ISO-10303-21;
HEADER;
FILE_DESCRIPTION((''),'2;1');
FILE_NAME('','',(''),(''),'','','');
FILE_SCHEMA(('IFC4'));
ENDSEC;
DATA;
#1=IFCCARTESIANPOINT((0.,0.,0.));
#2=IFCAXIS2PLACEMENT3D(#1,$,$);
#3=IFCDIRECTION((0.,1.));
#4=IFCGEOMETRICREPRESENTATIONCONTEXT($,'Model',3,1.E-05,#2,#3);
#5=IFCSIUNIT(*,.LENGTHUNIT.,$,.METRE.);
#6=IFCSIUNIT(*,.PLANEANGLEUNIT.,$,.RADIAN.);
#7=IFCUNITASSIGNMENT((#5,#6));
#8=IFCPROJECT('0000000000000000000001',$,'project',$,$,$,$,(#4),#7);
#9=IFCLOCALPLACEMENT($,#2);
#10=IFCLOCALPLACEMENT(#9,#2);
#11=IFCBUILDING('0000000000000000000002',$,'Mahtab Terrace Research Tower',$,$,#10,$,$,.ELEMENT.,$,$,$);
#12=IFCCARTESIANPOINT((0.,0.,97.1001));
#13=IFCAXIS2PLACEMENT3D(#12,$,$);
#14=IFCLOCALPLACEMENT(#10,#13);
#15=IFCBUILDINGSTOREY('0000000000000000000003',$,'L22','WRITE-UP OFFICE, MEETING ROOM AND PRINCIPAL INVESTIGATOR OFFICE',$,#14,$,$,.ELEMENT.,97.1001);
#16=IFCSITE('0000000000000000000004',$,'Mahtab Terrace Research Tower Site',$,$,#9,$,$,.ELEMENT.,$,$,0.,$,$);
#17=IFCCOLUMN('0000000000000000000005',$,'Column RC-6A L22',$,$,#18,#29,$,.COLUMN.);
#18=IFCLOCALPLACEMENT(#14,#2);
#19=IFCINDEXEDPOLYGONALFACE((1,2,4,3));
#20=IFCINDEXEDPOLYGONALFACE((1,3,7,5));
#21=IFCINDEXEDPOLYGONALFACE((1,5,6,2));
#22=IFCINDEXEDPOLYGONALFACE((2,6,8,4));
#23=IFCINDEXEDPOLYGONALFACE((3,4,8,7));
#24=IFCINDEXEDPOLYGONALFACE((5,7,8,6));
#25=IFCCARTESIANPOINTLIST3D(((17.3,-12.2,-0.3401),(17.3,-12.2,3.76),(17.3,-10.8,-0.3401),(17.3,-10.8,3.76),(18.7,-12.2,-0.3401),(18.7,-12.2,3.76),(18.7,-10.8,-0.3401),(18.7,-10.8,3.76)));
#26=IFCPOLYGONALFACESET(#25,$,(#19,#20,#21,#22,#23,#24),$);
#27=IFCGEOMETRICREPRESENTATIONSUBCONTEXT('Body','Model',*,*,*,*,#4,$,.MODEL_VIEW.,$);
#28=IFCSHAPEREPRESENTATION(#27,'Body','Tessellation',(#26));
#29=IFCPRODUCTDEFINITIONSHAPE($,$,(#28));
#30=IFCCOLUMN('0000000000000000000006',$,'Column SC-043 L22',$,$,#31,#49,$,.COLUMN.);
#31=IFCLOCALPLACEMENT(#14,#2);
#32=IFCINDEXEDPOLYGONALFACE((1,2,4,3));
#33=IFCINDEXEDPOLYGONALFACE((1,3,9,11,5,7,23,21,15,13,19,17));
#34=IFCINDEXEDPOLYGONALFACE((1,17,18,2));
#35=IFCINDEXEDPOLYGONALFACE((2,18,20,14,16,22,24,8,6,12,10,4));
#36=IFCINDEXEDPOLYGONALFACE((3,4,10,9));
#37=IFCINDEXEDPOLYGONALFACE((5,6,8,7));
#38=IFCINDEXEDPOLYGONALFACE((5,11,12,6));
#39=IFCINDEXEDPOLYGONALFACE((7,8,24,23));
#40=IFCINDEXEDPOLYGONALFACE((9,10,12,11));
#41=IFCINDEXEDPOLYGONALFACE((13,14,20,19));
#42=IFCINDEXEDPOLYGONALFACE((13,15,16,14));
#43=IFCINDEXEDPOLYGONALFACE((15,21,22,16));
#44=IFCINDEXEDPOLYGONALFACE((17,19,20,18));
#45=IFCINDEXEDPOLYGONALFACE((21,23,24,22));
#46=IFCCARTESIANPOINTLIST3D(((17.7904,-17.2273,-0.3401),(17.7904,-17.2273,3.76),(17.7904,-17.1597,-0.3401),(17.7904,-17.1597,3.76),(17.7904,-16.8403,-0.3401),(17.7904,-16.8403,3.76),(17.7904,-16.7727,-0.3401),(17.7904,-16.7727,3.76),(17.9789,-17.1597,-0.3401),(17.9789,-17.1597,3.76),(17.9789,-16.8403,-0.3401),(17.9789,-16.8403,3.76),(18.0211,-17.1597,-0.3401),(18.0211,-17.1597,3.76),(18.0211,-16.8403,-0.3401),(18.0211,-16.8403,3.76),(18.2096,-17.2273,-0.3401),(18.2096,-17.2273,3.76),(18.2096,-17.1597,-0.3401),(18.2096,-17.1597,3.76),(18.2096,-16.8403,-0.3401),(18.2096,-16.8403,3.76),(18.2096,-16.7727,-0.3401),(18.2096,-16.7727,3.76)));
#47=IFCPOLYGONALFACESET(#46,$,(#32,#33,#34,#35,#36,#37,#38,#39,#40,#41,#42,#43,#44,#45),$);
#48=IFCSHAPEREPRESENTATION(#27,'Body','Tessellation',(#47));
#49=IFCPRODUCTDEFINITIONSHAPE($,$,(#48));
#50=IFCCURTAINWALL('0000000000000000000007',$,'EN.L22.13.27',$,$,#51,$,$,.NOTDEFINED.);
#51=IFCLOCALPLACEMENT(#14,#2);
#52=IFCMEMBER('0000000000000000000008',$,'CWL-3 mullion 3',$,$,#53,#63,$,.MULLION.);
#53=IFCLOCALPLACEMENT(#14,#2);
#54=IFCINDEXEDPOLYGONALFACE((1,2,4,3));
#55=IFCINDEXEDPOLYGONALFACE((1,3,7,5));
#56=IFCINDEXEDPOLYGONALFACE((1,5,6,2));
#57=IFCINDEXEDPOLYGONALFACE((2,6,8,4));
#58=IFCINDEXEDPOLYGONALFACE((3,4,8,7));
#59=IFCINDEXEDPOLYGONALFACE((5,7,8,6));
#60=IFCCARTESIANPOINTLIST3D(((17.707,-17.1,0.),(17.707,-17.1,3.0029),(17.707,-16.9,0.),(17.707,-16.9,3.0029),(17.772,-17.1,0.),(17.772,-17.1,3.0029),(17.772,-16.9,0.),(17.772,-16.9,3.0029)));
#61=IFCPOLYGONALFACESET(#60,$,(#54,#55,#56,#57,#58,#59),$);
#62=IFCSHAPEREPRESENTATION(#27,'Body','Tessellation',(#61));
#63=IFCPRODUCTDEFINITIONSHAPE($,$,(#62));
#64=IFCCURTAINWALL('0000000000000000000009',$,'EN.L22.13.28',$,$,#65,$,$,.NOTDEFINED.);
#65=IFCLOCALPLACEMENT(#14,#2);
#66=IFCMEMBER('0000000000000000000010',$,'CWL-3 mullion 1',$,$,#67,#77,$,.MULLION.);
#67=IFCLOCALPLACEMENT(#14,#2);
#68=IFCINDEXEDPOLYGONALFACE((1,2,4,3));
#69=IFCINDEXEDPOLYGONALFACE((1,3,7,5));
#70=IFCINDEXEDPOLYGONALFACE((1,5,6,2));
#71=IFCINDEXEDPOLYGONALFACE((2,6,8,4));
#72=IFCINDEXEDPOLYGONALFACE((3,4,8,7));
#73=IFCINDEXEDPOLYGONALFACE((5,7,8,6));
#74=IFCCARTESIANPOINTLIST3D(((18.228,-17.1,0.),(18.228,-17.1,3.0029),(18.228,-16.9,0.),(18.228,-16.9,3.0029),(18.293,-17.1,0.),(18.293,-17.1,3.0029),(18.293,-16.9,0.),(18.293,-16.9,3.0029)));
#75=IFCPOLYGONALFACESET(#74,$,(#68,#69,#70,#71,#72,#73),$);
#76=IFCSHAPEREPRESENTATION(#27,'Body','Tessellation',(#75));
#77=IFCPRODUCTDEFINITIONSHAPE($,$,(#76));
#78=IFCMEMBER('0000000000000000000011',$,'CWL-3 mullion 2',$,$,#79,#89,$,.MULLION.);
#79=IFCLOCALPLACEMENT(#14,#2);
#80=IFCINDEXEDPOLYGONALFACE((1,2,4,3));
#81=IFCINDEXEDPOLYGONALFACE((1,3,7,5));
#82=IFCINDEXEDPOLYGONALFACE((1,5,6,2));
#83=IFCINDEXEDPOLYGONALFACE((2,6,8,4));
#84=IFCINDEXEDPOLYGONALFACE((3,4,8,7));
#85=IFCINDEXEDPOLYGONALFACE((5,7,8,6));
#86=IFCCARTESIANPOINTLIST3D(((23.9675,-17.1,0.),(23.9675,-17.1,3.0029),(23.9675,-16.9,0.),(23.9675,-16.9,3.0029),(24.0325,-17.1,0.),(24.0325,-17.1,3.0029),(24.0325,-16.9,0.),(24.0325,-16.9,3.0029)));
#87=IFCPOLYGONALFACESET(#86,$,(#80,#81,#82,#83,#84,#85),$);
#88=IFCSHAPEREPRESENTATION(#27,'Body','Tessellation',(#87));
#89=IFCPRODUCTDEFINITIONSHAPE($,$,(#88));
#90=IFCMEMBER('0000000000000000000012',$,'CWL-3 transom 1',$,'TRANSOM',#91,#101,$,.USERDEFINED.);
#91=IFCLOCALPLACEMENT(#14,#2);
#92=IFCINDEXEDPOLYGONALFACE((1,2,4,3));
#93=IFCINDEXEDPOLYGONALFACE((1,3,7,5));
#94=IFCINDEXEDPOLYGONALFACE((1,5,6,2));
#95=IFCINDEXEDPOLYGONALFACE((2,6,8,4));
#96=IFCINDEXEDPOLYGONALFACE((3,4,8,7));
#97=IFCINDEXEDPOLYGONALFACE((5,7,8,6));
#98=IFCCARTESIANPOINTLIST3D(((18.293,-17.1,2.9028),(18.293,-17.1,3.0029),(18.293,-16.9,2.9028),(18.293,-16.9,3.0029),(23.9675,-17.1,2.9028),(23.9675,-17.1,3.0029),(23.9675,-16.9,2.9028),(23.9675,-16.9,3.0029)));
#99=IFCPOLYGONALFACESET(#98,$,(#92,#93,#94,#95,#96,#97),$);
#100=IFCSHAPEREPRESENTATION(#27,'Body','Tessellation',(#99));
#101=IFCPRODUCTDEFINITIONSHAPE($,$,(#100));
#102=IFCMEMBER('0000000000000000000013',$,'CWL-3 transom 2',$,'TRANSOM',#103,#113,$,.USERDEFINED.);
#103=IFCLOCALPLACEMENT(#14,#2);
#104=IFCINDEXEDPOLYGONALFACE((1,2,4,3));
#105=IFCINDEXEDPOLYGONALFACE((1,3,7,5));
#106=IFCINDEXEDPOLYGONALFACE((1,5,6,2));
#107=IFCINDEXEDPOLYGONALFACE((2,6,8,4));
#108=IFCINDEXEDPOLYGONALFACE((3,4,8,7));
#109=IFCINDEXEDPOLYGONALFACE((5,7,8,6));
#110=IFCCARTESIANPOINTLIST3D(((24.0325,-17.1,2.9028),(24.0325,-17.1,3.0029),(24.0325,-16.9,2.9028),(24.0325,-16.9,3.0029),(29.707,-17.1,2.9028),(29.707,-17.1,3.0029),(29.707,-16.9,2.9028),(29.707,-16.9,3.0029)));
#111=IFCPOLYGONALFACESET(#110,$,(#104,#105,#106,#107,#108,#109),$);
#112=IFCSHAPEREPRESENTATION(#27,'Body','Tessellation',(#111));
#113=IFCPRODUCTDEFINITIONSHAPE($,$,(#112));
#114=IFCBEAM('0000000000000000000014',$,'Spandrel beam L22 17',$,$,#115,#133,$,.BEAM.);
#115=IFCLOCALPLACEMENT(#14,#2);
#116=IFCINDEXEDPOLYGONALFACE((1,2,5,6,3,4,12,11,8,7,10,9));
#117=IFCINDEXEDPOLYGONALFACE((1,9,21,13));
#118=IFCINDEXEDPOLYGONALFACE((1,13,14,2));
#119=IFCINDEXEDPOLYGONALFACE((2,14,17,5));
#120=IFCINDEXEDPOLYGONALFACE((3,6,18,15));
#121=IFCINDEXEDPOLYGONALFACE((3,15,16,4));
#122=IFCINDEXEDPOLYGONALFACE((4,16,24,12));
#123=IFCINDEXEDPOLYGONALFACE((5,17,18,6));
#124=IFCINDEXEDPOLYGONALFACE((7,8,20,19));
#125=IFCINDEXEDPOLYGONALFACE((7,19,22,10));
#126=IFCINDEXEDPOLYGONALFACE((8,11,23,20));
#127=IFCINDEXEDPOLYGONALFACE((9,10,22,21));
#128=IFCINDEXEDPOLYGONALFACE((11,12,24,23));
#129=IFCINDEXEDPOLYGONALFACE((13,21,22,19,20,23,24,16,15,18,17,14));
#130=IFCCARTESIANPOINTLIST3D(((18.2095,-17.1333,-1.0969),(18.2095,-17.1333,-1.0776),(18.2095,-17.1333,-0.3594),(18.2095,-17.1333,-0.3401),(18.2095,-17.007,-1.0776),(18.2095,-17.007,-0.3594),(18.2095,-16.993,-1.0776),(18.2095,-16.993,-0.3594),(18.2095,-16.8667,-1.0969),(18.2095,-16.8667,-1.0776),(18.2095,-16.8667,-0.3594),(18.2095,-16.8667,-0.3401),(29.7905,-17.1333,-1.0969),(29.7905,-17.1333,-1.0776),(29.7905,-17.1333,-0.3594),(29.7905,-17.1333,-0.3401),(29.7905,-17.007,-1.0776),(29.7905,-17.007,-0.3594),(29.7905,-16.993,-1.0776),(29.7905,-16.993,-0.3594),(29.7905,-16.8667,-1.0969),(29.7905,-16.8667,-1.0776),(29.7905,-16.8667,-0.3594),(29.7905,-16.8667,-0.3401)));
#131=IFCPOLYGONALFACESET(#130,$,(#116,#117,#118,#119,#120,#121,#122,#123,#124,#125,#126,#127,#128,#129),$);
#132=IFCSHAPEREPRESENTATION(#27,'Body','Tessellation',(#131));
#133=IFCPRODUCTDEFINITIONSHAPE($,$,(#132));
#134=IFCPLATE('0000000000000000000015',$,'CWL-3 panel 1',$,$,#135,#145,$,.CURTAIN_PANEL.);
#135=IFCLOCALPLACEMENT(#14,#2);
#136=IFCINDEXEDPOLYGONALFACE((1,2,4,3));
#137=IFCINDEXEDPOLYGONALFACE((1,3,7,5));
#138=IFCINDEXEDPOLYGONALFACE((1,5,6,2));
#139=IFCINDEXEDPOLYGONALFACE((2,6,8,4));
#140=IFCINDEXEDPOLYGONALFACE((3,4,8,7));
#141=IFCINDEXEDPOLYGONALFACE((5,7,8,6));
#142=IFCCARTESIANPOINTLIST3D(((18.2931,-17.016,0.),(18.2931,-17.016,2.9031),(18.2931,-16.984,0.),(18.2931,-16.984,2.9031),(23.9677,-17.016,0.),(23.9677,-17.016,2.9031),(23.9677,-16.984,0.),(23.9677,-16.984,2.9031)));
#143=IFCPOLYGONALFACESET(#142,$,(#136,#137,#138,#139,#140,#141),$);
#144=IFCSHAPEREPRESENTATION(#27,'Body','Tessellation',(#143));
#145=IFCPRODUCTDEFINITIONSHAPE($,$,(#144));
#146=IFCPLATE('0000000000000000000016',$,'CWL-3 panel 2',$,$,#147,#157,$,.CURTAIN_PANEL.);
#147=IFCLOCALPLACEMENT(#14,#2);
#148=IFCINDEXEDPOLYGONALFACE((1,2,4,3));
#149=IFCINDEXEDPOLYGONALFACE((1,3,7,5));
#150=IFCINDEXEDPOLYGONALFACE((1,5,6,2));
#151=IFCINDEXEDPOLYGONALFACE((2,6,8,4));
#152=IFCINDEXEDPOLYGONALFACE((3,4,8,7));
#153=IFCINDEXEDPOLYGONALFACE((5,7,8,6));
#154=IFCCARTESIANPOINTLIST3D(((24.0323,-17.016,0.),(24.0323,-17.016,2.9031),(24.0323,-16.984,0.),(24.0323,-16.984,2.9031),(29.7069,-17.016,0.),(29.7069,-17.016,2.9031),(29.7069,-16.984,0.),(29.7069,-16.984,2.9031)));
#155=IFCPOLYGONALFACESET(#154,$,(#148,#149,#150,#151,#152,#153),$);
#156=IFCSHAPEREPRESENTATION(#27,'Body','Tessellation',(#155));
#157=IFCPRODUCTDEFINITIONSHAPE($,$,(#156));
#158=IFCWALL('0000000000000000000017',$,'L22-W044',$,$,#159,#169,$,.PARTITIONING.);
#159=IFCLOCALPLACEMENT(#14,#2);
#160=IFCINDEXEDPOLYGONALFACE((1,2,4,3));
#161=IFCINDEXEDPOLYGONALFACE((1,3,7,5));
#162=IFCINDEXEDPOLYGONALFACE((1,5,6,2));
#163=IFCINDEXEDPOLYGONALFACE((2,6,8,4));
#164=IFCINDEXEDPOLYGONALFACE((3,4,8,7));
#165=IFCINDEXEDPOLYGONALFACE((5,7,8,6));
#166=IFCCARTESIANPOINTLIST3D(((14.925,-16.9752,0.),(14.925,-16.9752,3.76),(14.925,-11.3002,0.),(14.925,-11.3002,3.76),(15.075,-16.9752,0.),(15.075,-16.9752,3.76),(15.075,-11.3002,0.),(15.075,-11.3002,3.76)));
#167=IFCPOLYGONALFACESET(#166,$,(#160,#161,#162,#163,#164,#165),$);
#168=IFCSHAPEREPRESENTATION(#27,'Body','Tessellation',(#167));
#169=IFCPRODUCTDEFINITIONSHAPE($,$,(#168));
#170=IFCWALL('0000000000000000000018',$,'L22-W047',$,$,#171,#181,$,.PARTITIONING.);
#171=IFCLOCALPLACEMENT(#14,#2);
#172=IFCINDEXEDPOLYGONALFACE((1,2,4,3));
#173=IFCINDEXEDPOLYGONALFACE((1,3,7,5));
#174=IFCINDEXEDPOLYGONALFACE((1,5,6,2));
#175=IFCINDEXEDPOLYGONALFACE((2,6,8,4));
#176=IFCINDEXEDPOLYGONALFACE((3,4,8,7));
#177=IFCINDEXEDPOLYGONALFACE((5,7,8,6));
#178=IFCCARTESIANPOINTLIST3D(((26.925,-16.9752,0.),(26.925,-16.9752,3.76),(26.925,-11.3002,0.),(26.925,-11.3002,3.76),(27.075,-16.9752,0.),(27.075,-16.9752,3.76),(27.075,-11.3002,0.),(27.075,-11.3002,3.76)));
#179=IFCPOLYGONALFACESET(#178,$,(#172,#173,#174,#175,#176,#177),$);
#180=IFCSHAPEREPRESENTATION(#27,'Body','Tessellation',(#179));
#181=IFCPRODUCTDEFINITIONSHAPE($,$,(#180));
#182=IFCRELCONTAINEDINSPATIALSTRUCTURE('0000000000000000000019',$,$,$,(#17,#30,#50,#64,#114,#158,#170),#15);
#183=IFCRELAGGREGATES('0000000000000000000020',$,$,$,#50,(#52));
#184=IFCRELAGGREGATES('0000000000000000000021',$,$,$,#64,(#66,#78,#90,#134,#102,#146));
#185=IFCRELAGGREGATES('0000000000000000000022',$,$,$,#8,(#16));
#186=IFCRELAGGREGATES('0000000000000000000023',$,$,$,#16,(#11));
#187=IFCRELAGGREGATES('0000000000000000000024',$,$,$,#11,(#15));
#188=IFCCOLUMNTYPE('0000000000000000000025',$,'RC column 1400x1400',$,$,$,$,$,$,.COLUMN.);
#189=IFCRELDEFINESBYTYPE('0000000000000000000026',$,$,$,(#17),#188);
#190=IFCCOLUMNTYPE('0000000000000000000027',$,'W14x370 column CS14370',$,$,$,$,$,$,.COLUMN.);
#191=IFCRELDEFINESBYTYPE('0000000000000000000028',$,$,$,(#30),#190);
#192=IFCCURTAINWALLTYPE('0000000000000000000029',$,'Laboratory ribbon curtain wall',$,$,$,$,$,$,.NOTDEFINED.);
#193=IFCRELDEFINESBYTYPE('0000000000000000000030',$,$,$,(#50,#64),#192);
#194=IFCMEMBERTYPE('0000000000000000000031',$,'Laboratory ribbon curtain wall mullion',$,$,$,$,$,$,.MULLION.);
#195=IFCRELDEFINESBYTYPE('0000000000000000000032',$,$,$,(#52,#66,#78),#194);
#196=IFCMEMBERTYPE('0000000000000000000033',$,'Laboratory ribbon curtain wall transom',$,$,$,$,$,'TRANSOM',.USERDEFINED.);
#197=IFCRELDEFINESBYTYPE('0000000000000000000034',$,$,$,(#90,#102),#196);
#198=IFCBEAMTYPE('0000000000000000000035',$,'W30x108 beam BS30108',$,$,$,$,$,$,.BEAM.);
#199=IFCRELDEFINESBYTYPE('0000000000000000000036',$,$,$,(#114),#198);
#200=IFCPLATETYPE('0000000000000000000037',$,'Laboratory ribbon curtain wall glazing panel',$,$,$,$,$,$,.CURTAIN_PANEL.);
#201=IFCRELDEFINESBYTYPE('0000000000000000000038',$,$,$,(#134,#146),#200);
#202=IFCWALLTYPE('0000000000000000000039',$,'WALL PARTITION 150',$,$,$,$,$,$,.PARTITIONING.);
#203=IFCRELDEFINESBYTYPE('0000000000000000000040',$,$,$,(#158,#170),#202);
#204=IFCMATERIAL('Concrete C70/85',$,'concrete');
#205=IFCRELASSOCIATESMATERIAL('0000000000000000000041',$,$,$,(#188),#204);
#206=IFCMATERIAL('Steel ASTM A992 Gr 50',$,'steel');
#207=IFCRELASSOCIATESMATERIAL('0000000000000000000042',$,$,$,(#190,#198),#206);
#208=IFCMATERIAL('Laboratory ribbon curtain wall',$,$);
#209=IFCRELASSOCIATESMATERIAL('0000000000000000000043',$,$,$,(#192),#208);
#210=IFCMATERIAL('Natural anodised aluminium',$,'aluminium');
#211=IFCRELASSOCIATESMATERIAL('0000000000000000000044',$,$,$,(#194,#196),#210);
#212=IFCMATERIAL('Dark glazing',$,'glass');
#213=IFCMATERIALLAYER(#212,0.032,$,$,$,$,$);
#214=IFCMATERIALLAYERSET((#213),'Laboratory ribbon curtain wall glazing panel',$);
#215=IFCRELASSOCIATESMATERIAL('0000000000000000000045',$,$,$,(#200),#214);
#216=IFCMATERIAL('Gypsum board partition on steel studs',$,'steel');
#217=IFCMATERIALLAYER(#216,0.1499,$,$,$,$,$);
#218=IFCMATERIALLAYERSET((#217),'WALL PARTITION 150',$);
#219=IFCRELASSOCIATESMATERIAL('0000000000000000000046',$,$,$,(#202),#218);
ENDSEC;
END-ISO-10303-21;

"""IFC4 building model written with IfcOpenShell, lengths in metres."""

from ifc_helpers import new_model, si_unit, direction, frame, frame_2d, origin, origin_2d, place, context, subcontext, project, spatial, rectangle, i_section, extrude, material, layer, layer_set, material_profile, profile_set, type_object, element, aggregate, save


model = new_model("IFC4")

# Units and contexts
model_context = context("Model", 3, precision=1e-05, world=origin(), true_north=direction((0.0, 1.0)))
body_context = subcontext(model_context, "Body", "Model", "MODEL_VIEW")
ifc_project = project(units=[si_unit("LENGTHUNIT", "METRE"), si_unit("PLANEANGLEUNIT", "RADIAN")], contexts=[model_context])

# Site, building, storey
site_placement = place(None, origin())
site = spatial("IfcSite", under=ifc_project, at=site_placement, Name="Mahtab Terrace Research Tower Site", CompositionType="ELEMENT", RefElevation=0.0)
building_placement = place(site_placement, origin())
building = spatial("IfcBuilding", under=site, at=building_placement, Name="Mahtab Terrace Research Tower", CompositionType="ELEMENT")
storey_placement = place(building_placement, frame((0.0, 0.0, 97.1001)))
storey = spatial("IfcBuildingStorey", under=building, at=storey_placement, Name="L22", Description="WRITE-UP OFFICE, MEETING ROOM AND PRINCIPAL INVESTIGATOR OFFICE", CompositionType="ELEMENT", Elevation=97.1001)

# Columns
ifc_material_1 = material(Name="Concrete C70/85", Category="concrete")
ifc_material_profile_1 = material_profile(ifc_material_1, rectangle(XDim=1.3999, YDim=1.3999, at=origin_2d()), Name="RC column 1400x1400")
ifc_profile_set_1 = profile_set([ifc_material_profile_1], Name="Concrete C70/85")
column_type_1 = type_object("IfcColumnType", Name="RC column 1400x1400", PredefinedType="COLUMN", material=ifc_profile_set_1)
column_1_placement = place(storey_placement, frame((18.0, -11.5, -0.3401), z_axis=(0.0, 0.0, 1.0), x_axis=(1.0, 0.0, 0.0)))
element("IfcColumn", 1, at=column_1_placement, inside=storey, type_object=column_type_1, Name="Column RC-6A L22", PredefinedType="COLUMN", context=body_context, shape_type="SweptSolid", body=[
    extrude(rectangle(XDim=1.3999, YDim=1.3999, at=origin_2d()), origin(), (0.0, 0.0, 1.0), 4.1001),
])
ifc_material_2 = material(Name="Steel ASTM A992 Gr 50", Category="steel")
ifc_material_profile_2 = material_profile(ifc_material_2, i_section(OverallWidth=0.4192, OverallDepth=0.4546, WebThickness=0.0422, FlangeThickness=0.0676, at=origin_2d()), Name="W14X370")
ifc_profile_set_2 = profile_set([ifc_material_profile_2], Name="Steel ASTM A992 Gr 50")
column_type_2 = type_object("IfcColumnType", Name="W14x370 column CS14370", PredefinedType="COLUMN", material=ifc_profile_set_2)
column_2_placement = place(storey_placement, frame((18.0, -17.0, -0.3401), z_axis=(0.0, 0.0, 1.0), x_axis=(1.0, 0.0, 0.0)))
element("IfcColumn", 2, at=column_2_placement, inside=storey, type_object=column_type_2, Name="Column SC-043 L22", PredefinedType="COLUMN", context=body_context, shape_type="SweptSolid", body=[
    extrude(i_section(OverallWidth=0.4192, OverallDepth=0.4546, WebThickness=0.0422, FlangeThickness=0.0676, at=origin_2d()), origin(), (0.0, 0.0, 1.0), 4.1001),
])

# Curtain wall, member
ifc_material_3 = material(Name="Laboratory ribbon curtain wall")
curtain_wall_type = type_object("IfcCurtainWallType", Name="Laboratory ribbon curtain wall", PredefinedType="NOTDEFINED", material=ifc_material_3)
curtain_wall_1_placement = place(storey_placement, origin())
curtain_wall_1 = element("IfcCurtainWall", 3, at=curtain_wall_1_placement, inside=storey, type_object=curtain_wall_type, Name="EN.L22.13.27", PredefinedType="NOTDEFINED")
ifc_material_4 = material(Name="Natural anodised aluminium", Category="aluminium")
ifc_material_profile_3 = material_profile(ifc_material_4, rectangle(XDim=0.2, YDim=0.0649, at=origin_2d()), Name="MULLION 65x200")
ifc_profile_set_3 = profile_set([ifc_material_profile_3], Name="Natural anodised aluminium")
member_type_1 = type_object("IfcMemberType", Name="Laboratory ribbon curtain wall mullion", PredefinedType="MULLION", material=ifc_profile_set_3)
member_1_placement = place(storey_placement, frame((17.7395, -17.0, 0.0), z_axis=(0.0, 0.0, 1.0), x_axis=(0.0, 1.0, 0.0)))
member_1 = element("IfcMember", 4, at=member_1_placement, type_object=member_type_1, Name="CWL-3 mullion 3", PredefinedType="MULLION", context=body_context, shape_type="SweptSolid", body=[
    extrude(rectangle(XDim=0.2, YDim=0.0649, at=origin_2d()), origin(), (0.0, 0.0, 1.0), 3.0029),
])
aggregate(curtain_wall_1, [member_1])

# Curtain wall, members
curtain_wall_2_placement = place(storey_placement, origin())
curtain_wall_2 = element("IfcCurtainWall", 5, at=curtain_wall_2_placement, inside=storey, type_object=curtain_wall_type, Name="EN.L22.13.28", PredefinedType="NOTDEFINED")
member_2_placement = place(storey_placement, frame((18.2605, -17.0, 0.0), z_axis=(0.0, 0.0, 1.0), x_axis=(0.0, 1.0, 0.0)))
member_2 = element("IfcMember", 6, at=member_2_placement, type_object=member_type_1, Name="CWL-3 mullion 1", PredefinedType="MULLION", context=body_context, shape_type="SweptSolid", body=[
    extrude(rectangle(XDim=0.2, YDim=0.0649, at=origin_2d()), origin(), (0.0, 0.0, 1.0), 3.0029),
])
member_3_placement = place(storey_placement, frame((24.0, -17.0, 0.0), z_axis=(0.0, 0.0, 1.0), x_axis=(0.0, 1.0, 0.0)))
member_3 = element("IfcMember", 7, at=member_3_placement, type_object=member_type_1, Name="CWL-3 mullion 2", PredefinedType="MULLION", context=body_context, shape_type="SweptSolid", body=[
    extrude(rectangle(XDim=0.2, YDim=0.0649, at=origin_2d()), origin(), (0.0, 0.0, 1.0), 3.0029),
])
ifc_material_profile_4 = material_profile(ifc_material_4, rectangle(XDim=0.2, YDim=0.1001, at=origin_2d()), Name="TRANSOM 100x200")
ifc_profile_set_4 = profile_set([ifc_material_profile_4], Name="Natural anodised aluminium")
member_type_2 = type_object("IfcMemberType", Name="Laboratory ribbon curtain wall transom", ElementType="TRANSOM", PredefinedType="USERDEFINED", material=ifc_profile_set_4)
member_4_placement = place(storey_placement, frame((18.293, -17.0, 2.9529), z_axis=(1.0, 0.0, 0.0), x_axis=(0.0, 1.0, 0.0)))
member_4 = element("IfcMember", 8, at=member_4_placement, type_object=member_type_2, Name="CWL-3 transom 1", ObjectType="TRANSOM", PredefinedType="USERDEFINED", context=body_context, shape_type="SweptSolid", body=[
    extrude(rectangle(XDim=0.2, YDim=0.1001, at=origin_2d()), origin(), (0.0, 0.0, 1.0), 5.6746),
])
member_5_placement = place(storey_placement, frame((24.0325, -17.0, 2.9529), z_axis=(1.0, 0.0, 0.0), x_axis=(0.0, 1.0, 0.0)))
member_5 = element("IfcMember", 9, at=member_5_placement, type_object=member_type_2, Name="CWL-3 transom 2", ObjectType="TRANSOM", PredefinedType="USERDEFINED", context=body_context, shape_type="SweptSolid", body=[
    extrude(rectangle(XDim=0.2, YDim=0.1001, at=origin_2d()), origin(), (0.0, 0.0, 1.0), 5.6746),
])

# Beam
ifc_material_profile_5 = material_profile(ifc_material_2, i_section(OverallWidth=0.2666, OverallDepth=0.7568, WebThickness=0.0139, FlangeThickness=0.0193, at=origin_2d()), Name="W30X108")
ifc_profile_set_5 = profile_set([ifc_material_profile_5], Name="Steel ASTM A992 Gr 50")
beam_type = type_object("IfcBeamType", Name="W30x108 beam BS30108", PredefinedType="BEAM", material=ifc_profile_set_5)
beam_placement = place(storey_placement, frame((18.2095, -17.0, -0.7185), z_axis=(1.0, 0.0, 0.0), x_axis=(0.0, 1.0, 0.0)))
element("IfcBeam", 10, at=beam_placement, inside=storey, type_object=beam_type, Name="Spandrel beam L22 17", PredefinedType="BEAM", context=body_context, shape_type="SweptSolid", body=[
    extrude(i_section(OverallWidth=0.2666, OverallDepth=0.7568, WebThickness=0.0139, FlangeThickness=0.0193, at=origin_2d()), origin(), (0.0, 0.0, 1.0), 11.5811),
])

# Plates
ifc_material_5 = material(Name="Dark glazing", Category="glass")
ifc_layer_1 = layer(ifc_material_5, 0.032)
ifc_layer_set_1 = layer_set([ifc_layer_1], Name="Laboratory ribbon curtain wall glazing panel")
plate_type = type_object("IfcPlateType", Name="Laboratory ribbon curtain wall glazing panel", PredefinedType="CURTAIN_PANEL", material=ifc_layer_set_1)
plate_1_placement = place(storey_placement, frame((21.1304, -17.0, 0.0), z_axis=(0.0, 0.0, 1.0), x_axis=(1.0, 0.0, 0.0)))
plate_1 = element("IfcPlate", 11, at=plate_1_placement, type_object=plate_type, Name="CWL-3 panel 1", PredefinedType="CURTAIN_PANEL", context=body_context, shape_type="SweptSolid", body=[
    extrude(rectangle(XDim=5.6746, YDim=0.032, at=origin_2d()), origin(), (0.0, 0.0, 1.0), 2.9031),
])
plate_2_placement = place(storey_placement, frame((26.8696, -17.0, 0.0), z_axis=(0.0, 0.0, 1.0), x_axis=(1.0, 0.0, 0.0)))
plate_2 = element("IfcPlate", 12, at=plate_2_placement, type_object=plate_type, Name="CWL-3 panel 2", PredefinedType="CURTAIN_PANEL", context=body_context, shape_type="SweptSolid", body=[
    extrude(rectangle(XDim=5.6746, YDim=0.032, at=origin_2d()), origin(), (0.0, 0.0, 1.0), 2.9031),
])
aggregate(curtain_wall_2, [member_2, member_3, member_4, plate_1, member_5, plate_2])

# Walls
ifc_material_6 = material(Name="Gypsum board partition on steel studs", Category="steel")
ifc_layer_2 = layer(ifc_material_6, 0.1499)
ifc_layer_set_2 = layer_set([ifc_layer_2], Name="WALL PARTITION 150")
wall_type = type_object("IfcWallType", Name="WALL PARTITION 150", PredefinedType="PARTITIONING", material=ifc_layer_set_2)
for number, where, z_axis, x_axis, name in (
    (13, (15.0, -16.9751, 0.0), (0.0, 0.0, 1.0), (0.0, 1.0, 0.0), "L22-W044"),
    (14, (27.0, -16.9751, 0.0), (0.0, 0.0, 1.0), (0.0, 1.0, 0.0), "L22-W047"),
):
    element("IfcWall", number, at=place(storey_placement, frame(where, z_axis=z_axis, x_axis=x_axis)), inside=storey, type_object=wall_type, Name=name, PredefinedType="PARTITIONING", context=body_context, shape_type="SweptSolid", body=[
        extrude(rectangle(XDim=5.675, YDim=0.1499, at=frame_2d((2.8374, 0.0))), origin(), (0.0, 0.0, 1.0), 3.76),
    ])

save(model, "model.ifc")
